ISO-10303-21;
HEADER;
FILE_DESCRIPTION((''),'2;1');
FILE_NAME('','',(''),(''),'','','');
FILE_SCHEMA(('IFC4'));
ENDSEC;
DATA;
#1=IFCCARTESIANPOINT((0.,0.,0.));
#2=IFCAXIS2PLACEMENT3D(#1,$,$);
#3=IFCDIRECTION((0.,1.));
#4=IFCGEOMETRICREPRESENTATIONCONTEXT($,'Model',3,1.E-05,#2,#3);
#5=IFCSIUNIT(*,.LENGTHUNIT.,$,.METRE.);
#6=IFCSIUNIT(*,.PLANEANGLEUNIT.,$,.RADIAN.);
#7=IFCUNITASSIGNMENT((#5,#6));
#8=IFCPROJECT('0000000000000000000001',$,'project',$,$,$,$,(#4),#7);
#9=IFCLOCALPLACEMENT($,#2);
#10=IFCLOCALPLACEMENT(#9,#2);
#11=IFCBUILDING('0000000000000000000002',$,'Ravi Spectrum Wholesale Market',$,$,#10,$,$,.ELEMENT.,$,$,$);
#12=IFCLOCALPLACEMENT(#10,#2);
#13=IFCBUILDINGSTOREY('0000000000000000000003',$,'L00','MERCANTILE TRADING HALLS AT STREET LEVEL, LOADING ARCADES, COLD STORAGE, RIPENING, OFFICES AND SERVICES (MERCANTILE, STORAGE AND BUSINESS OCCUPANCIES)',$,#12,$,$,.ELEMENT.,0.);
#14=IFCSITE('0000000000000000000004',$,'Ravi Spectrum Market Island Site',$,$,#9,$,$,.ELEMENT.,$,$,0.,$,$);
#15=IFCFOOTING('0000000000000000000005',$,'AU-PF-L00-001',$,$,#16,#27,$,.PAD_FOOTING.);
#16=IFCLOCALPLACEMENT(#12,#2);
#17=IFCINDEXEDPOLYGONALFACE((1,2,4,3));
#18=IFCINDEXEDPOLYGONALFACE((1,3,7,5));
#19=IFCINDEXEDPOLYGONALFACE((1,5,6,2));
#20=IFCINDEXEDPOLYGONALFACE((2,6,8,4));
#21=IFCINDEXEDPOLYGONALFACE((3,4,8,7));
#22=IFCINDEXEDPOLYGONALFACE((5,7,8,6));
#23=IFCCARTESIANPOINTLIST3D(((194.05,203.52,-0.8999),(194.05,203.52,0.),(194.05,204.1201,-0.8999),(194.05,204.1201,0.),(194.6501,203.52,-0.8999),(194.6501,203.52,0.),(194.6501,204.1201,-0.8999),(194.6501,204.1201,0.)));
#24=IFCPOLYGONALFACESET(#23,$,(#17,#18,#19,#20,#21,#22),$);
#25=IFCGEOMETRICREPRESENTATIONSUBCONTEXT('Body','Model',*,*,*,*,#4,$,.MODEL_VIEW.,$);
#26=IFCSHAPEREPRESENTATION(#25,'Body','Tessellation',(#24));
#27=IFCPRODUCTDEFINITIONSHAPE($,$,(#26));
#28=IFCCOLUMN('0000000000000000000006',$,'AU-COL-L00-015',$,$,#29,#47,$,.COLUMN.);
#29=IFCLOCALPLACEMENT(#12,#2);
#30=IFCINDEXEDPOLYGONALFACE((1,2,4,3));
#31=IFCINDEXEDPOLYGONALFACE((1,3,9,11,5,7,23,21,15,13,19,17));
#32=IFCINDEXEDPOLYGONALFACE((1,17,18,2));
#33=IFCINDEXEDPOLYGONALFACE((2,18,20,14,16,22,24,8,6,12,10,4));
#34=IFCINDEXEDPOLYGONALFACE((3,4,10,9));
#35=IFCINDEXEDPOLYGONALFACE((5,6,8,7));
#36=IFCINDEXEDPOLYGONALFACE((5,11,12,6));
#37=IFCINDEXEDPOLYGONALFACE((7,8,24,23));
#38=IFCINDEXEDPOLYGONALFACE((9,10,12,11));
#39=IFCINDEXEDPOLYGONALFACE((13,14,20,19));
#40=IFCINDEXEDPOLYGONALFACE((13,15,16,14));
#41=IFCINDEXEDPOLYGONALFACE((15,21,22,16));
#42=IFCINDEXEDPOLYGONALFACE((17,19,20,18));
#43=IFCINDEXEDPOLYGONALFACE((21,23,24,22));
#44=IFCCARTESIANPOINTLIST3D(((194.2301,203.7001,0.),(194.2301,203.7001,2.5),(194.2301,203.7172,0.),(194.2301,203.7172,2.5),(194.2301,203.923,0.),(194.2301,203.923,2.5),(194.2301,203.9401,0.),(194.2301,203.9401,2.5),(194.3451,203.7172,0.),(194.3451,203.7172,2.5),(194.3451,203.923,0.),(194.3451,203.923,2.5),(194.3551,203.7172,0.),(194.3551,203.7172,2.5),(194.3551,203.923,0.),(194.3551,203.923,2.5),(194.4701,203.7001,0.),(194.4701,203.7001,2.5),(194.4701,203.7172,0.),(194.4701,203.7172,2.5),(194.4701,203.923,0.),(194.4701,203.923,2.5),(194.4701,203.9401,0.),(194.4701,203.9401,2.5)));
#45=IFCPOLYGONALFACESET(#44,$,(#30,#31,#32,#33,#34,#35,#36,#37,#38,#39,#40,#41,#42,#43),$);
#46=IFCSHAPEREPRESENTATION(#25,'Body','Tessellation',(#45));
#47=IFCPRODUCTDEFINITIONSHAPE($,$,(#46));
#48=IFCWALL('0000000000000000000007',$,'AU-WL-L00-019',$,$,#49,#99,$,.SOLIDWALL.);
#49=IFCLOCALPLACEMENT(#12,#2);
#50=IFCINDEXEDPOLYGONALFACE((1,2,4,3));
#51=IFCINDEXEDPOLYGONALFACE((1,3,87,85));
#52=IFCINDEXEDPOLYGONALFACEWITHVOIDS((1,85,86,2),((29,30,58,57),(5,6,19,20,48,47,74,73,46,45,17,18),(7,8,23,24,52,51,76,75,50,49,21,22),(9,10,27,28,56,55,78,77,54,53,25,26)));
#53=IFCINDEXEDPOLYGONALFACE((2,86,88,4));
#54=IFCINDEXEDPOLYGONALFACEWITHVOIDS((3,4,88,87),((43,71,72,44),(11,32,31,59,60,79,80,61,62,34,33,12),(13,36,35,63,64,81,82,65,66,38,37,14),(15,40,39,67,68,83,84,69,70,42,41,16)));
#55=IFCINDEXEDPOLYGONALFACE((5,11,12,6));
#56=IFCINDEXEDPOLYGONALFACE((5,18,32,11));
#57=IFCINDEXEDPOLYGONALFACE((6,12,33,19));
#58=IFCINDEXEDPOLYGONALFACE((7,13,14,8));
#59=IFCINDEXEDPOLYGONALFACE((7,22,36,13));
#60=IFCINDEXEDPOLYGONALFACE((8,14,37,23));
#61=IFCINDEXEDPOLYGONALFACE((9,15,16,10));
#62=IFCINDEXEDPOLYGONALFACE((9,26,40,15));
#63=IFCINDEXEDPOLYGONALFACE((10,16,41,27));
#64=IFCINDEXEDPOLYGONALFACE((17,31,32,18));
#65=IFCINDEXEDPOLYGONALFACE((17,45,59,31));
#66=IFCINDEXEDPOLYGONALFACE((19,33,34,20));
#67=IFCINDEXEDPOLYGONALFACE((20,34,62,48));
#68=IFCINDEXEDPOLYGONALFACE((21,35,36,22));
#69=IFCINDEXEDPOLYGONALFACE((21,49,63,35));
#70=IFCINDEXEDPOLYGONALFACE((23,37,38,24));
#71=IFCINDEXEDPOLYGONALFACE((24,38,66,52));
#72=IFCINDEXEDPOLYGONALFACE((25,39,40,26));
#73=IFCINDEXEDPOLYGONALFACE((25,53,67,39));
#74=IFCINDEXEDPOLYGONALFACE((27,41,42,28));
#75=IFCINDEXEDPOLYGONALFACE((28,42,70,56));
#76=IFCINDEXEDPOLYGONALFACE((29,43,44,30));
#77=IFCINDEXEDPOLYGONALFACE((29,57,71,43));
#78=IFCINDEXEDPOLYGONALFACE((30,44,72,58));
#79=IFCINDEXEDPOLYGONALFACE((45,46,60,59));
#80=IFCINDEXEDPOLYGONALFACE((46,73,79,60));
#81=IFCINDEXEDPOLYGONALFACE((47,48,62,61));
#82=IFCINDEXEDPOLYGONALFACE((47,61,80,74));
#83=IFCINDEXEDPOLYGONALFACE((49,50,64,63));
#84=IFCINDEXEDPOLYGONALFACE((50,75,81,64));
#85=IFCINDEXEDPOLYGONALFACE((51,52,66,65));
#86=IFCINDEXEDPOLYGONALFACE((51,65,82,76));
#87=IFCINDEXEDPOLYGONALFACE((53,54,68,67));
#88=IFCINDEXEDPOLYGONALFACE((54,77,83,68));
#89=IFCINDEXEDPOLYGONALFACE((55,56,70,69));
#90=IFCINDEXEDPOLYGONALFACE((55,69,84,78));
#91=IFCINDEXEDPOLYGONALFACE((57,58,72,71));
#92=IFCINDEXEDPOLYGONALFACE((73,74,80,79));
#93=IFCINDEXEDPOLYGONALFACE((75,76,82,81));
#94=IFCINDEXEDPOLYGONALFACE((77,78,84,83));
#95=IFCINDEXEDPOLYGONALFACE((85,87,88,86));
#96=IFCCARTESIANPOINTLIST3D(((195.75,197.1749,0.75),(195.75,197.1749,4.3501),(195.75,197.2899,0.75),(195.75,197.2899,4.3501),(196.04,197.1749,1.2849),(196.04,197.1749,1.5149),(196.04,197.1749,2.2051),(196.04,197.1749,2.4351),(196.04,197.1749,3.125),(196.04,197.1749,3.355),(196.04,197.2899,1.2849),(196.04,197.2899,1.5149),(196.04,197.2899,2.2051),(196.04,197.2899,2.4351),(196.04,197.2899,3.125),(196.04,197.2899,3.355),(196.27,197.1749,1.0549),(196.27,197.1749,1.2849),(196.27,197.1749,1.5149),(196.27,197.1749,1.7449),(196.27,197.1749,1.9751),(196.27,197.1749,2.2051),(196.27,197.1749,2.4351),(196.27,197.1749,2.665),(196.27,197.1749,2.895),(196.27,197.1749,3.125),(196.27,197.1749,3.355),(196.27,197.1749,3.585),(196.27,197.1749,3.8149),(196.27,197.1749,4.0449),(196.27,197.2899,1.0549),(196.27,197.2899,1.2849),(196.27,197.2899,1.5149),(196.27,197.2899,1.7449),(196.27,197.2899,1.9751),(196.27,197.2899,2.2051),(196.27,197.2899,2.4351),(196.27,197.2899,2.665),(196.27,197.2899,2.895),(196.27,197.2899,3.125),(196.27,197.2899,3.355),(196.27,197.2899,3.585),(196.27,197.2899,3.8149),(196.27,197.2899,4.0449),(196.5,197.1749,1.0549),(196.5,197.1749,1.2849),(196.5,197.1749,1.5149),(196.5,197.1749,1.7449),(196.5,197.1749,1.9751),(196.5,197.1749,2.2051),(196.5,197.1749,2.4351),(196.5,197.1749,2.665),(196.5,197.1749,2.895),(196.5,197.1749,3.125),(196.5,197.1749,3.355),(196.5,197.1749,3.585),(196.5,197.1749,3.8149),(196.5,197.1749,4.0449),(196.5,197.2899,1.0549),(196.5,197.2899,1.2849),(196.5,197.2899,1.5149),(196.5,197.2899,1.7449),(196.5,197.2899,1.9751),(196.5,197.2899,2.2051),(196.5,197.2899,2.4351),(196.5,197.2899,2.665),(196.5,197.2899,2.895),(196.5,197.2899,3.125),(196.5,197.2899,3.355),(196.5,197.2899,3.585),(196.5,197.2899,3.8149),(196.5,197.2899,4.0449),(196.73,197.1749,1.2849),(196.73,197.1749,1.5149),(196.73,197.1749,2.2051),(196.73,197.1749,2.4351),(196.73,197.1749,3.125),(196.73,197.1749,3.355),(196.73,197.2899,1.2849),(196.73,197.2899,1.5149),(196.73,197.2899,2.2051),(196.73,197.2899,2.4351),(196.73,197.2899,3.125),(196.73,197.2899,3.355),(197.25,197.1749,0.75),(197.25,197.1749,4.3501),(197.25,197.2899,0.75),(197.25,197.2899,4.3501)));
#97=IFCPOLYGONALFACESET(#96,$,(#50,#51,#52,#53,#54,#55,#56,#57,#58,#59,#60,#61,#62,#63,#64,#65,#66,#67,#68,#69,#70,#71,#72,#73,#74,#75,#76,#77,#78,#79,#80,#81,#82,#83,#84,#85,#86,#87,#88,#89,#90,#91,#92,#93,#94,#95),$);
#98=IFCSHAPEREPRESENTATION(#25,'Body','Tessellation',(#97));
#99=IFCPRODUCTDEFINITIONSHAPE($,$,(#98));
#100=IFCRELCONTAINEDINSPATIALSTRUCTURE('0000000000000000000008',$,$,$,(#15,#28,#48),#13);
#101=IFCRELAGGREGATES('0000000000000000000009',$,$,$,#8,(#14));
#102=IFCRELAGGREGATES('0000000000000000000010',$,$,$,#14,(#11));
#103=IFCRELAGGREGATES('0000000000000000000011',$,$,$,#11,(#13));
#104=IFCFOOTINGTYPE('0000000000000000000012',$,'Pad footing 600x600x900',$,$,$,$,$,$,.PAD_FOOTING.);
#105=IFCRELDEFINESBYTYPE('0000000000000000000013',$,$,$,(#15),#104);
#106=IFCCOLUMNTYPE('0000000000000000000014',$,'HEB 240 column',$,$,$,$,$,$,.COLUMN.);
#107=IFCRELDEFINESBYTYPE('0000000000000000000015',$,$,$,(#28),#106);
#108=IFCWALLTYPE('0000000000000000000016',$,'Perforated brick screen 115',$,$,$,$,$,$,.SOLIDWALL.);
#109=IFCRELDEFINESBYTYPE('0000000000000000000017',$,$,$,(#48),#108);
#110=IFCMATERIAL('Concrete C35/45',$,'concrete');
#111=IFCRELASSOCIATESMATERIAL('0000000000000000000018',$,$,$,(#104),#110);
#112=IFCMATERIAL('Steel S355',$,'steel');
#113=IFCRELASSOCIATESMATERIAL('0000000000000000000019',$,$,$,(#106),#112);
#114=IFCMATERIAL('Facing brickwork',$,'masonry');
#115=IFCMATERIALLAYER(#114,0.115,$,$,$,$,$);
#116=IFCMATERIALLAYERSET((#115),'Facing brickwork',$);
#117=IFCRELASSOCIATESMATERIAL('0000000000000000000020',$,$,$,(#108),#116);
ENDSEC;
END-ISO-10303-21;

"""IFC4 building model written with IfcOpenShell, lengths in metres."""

from ifc_helpers import new_model, si_unit, direction, frame, frame_2d, origin, origin_2d, place, context, subcontext, project, spatial, rectangle, i_section, extrude, material, layer, layer_set, material_profile, profile_set, type_object, element, save


model = new_model("IFC4")

# Units and contexts
model_context = context("Model", 3, precision=1e-05, world=origin(), true_north=direction((0.0, 1.0)))
body_context = subcontext(model_context, "Body", "Model", "MODEL_VIEW")
ifc_project = project(units=[si_unit("LENGTHUNIT", "METRE"), si_unit("PLANEANGLEUNIT", "RADIAN")], contexts=[model_context])

# Site, building, storey
site_placement = place(None, origin())
site = spatial("IfcSite", under=ifc_project, at=site_placement, Name="Ravi Spectrum Market Island Site", CompositionType="ELEMENT", RefElevation=0.0)
building_placement = place(site_placement, origin())
building = spatial("IfcBuilding", under=site, at=building_placement, Name="Ravi Spectrum Wholesale Market", CompositionType="ELEMENT")
storey_placement = place(building_placement, origin())
storey = spatial("IfcBuildingStorey", under=building, at=storey_placement, Name="L00", Description="MERCANTILE TRADING HALLS AT STREET LEVEL, LOADING ARCADES, COLD STORAGE, RIPENING, OFFICES AND SERVICES (MERCANTILE, STORAGE AND BUSINESS OCCUPANCIES)", CompositionType="ELEMENT", Elevation=0.0)

# Footing
ifc_material_1 = material(Name="Concrete C35/45", Category="concrete")
footing_type = type_object("IfcFootingType", Name="Pad footing 600x600x900", PredefinedType="PAD_FOOTING", material=ifc_material_1)
footing_placement = place(storey_placement, frame((194.3501, 203.8201, -0.8999), z_axis=(0.0, 0.0, 1.0), x_axis=(1.0, 0.0, 0.0)))
element("IfcFooting", 1, at=footing_placement, inside=storey, type_object=footing_type, Name="AU-PF-L00-001", PredefinedType="PAD_FOOTING", context=body_context, shape_type="SweptSolid", body=[
    extrude(rectangle(XDim=0.6001, YDim=0.6001, at=origin_2d()), origin(), (0.0, 0.0, 1.0), 0.8999),
])

# Column
ifc_material_2 = material(Name="Steel S355", Category="steel")
ifc_material_profile = material_profile(ifc_material_2, i_section(OverallWidth=0.24, OverallDepth=0.24, WebThickness=0.01, FlangeThickness=0.0171, at=origin_2d()))
ifc_profile_set = profile_set([ifc_material_profile], Name="Steel S355")
column_type = type_object("IfcColumnType", Name="HEB 240 column", PredefinedType="COLUMN", material=ifc_profile_set)
column_placement = place(storey_placement, frame((194.3501, 203.8201, 0.0), z_axis=(0.0, 0.0, 1.0), x_axis=(1.0, 0.0, 0.0)))
element("IfcColumn", 2, at=column_placement, inside=storey, type_object=column_type, Name="AU-COL-L00-015", PredefinedType="COLUMN", context=body_context, shape_type="SweptSolid", body=[
    extrude(i_section(OverallWidth=0.24, OverallDepth=0.24, WebThickness=0.01, FlangeThickness=0.0171, at=origin_2d()), origin(), (0.0, 0.0, 1.0), 2.5),
])

# Wall, openings
ifc_material_3 = material(Name="Facing brickwork", Category="masonry")
ifc_layer = layer(ifc_material_3, 0.115)
ifc_layer_set = layer_set([ifc_layer], Name="Facing brickwork")
wall_type = type_object("IfcWallType", Name="Perforated brick screen 115", PredefinedType="SOLIDWALL", material=ifc_layer_set)
wall_placement = place(storey_placement, frame((195.75, 197.2324, 0.75), z_axis=(0.0, 0.0, 1.0), x_axis=(1.0, 0.0, 0.0)))
wall = element("IfcWall", 3, at=wall_placement, inside=storey, type_object=wall_type, Name="AU-WL-L00-019", PredefinedType="SOLIDWALL", context=body_context, shape_type="SweptSolid", body=[
    extrude(rectangle(XDim=1.5, YDim=0.115, at=frame_2d((0.75, 0.0))), origin(), (0.0, 0.0, 1.0), 3.6001),
])
opening_1_placement = place(wall_placement, frame((0.52, 0.0, 0.3049)))
element("IfcOpeningElement", 4, at=opening_1_placement, cuts=wall, PredefinedType="OPENING", context=body_context, shape_type="SweptSolid", body=[
    extrude(rectangle(XDim=0.23, YDim=0.23, at=frame_2d((0.115, 0.115))), frame((0.0, 0.0674, 0.0), z_axis=(0.0, -1.0, 0.0), x_axis=(1.0, 0.0, 0.0)), (0.0, 0.0, 1.0), 0.135),
])
opening_2_placement = place(wall_placement, frame((0.29, 0.0, 0.5349)))
element("IfcOpeningElement", 5, at=opening_2_placement, cuts=wall, PredefinedType="OPENING", context=body_context, shape_type="SweptSolid", body=[
    extrude(rectangle(XDim=0.23, YDim=0.23, at=frame_2d((0.115, 0.115))), frame((0.0, 0.0674, 0.0), z_axis=(0.0, -1.0, 0.0), x_axis=(1.0, 0.0, 0.0)), (0.0, 0.0, 1.0), 0.135),
])
opening_3_placement = place(wall_placement, frame((0.52, 0.0, 0.5349)))
element("IfcOpeningElement", 6, at=opening_3_placement, cuts=wall, PredefinedType="OPENING", context=body_context, shape_type="SweptSolid", body=[
    extrude(rectangle(XDim=0.23, YDim=0.23, at=frame_2d((0.115, 0.115))), frame((0.0, 0.0674, 0.0), z_axis=(0.0, -1.0, 0.0), x_axis=(1.0, 0.0, 0.0)), (0.0, 0.0, 1.0), 0.135),
])
opening_4_placement = place(wall_placement, frame((0.75, 0.0, 0.5349)))
element("IfcOpeningElement", 7, at=opening_4_placement, cuts=wall, PredefinedType="OPENING", context=body_context, shape_type="SweptSolid", body=[
    extrude(rectangle(XDim=0.23, YDim=0.23, at=frame_2d((0.115, 0.115))), frame((0.0, 0.0674, 0.0), z_axis=(0.0, -1.0, 0.0), x_axis=(1.0, 0.0, 0.0)), (0.0, 0.0, 1.0), 0.135),
])
opening_5_placement = place(wall_placement, frame((0.52, 0.0, 0.7649)))
element("IfcOpeningElement", 8, at=opening_5_placement, cuts=wall, PredefinedType="OPENING", context=body_context, shape_type="SweptSolid", body=[
    extrude(rectangle(XDim=0.23, YDim=0.23, at=frame_2d((0.115, 0.115))), frame((0.0, 0.0674, 0.0), z_axis=(0.0, -1.0, 0.0), x_axis=(1.0, 0.0, 0.0)), (0.0, 0.0, 1.0), 0.135),
])
opening_6_placement = place(wall_placement, frame((0.52, 0.0, 1.2251)))
element("IfcOpeningElement", 9, at=opening_6_placement, cuts=wall, PredefinedType="OPENING", context=body_context, shape_type="SweptSolid", body=[
    extrude(rectangle(XDim=0.23, YDim=0.23, at=frame_2d((0.115, 0.115))), frame((0.0, 0.0674, 0.0), z_axis=(0.0, -1.0, 0.0), x_axis=(1.0, 0.0, 0.0)), (0.0, 0.0, 1.0), 0.135),
])
opening_7_placement = place(wall_placement, frame((0.29, 0.0, 1.4551)))
element("IfcOpeningElement", 10, at=opening_7_placement, cuts=wall, PredefinedType="OPENING", context=body_context, shape_type="SweptSolid", body=[
    extrude(rectangle(XDim=0.23, YDim=0.23, at=frame_2d((0.115, 0.115))), frame((0.0, 0.0674, 0.0), z_axis=(0.0, -1.0, 0.0), x_axis=(1.0, 0.0, 0.0)), (0.0, 0.0, 1.0), 0.135),
])
opening_8_placement = place(wall_placement, frame((0.52, 0.0, 1.4551)))
element("IfcOpeningElement", 11, at=opening_8_placement, cuts=wall, PredefinedType="OPENING", context=body_context, shape_type="SweptSolid", body=[
    extrude(rectangle(XDim=0.23, YDim=0.23, at=frame_2d((0.115, 0.115))), frame((0.0, 0.0674, 0.0), z_axis=(0.0, -1.0, 0.0), x_axis=(1.0, 0.0, 0.0)), (0.0, 0.0, 1.0), 0.135),
])
opening_9_placement = place(wall_placement, frame((0.75, 0.0, 1.4551)))
element("IfcOpeningElement", 12, at=opening_9_placement, cuts=wall, PredefinedType="OPENING", context=body_context, shape_type="SweptSolid", body=[
    extrude(rectangle(XDim=0.23, YDim=0.23, at=frame_2d((0.115, 0.115))), frame((0.0, 0.0674, 0.0), z_axis=(0.0, -1.0, 0.0), x_axis=(1.0, 0.0, 0.0)), (0.0, 0.0, 1.0), 0.135),
])
opening_10_placement = place(wall_placement, frame((0.52, 0.0, 1.6851)))
element("IfcOpeningElement", 13, at=opening_10_placement, cuts=wall, PredefinedType="OPENING", context=body_context, shape_type="SweptSolid", body=[
    extrude(rectangle(XDim=0.23, YDim=0.23, at=frame_2d((0.115, 0.115))), frame((0.0, 0.0674, 0.0), z_axis=(0.0, -1.0, 0.0), x_axis=(1.0, 0.0, 0.0)), (0.0, 0.0, 1.0), 0.135),
])
opening_11_placement = place(wall_placement, frame((0.52, 0.0, 2.145)))
element("IfcOpeningElement", 14, at=opening_11_placement, cuts=wall, PredefinedType="OPENING", context=body_context, shape_type="SweptSolid", body=[
    extrude(rectangle(XDim=0.23, YDim=0.23, at=frame_2d((0.115, 0.115))), frame((0.0, 0.0674, 0.0), z_axis=(0.0, -1.0, 0.0), x_axis=(1.0, 0.0, 0.0)), (0.0, 0.0, 1.0), 0.135),
])
opening_12_placement = place(wall_placement, frame((0.29, 0.0, 2.375)))
element("IfcOpeningElement", 15, at=opening_12_placement, cuts=wall, PredefinedType="OPENING", context=body_context, shape_type="SweptSolid", body=[
    extrude(rectangle(XDim=0.23, YDim=0.23, at=frame_2d((0.115, 0.115))), frame((0.0, 0.0674, 0.0), z_axis=(0.0, -1.0, 0.0), x_axis=(1.0, 0.0, 0.0)), (0.0, 0.0, 1.0), 0.135),
])
opening_13_placement = place(wall_placement, frame((0.52, 0.0, 2.375)))
element("IfcOpeningElement", 16, at=opening_13_placement, cuts=wall, PredefinedType="OPENING", context=body_context, shape_type="SweptSolid", body=[
    extrude(rectangle(XDim=0.23, YDim=0.23, at=frame_2d((0.115, 0.115))), frame((0.0, 0.0674, 0.0), z_axis=(0.0, -1.0, 0.0), x_axis=(1.0, 0.0, 0.0)), (0.0, 0.0, 1.0), 0.135),
])
opening_14_placement = place(wall_placement, frame((0.75, 0.0, 2.375)))
element("IfcOpeningElement", 17, at=opening_14_placement, cuts=wall, PredefinedType="OPENING", context=body_context, shape_type="SweptSolid", body=[
    extrude(rectangle(XDim=0.23, YDim=0.23, at=frame_2d((0.115, 0.115))), frame((0.0, 0.0674, 0.0), z_axis=(0.0, -1.0, 0.0), x_axis=(1.0, 0.0, 0.0)), (0.0, 0.0, 1.0), 0.135),
])
opening_15_placement = place(wall_placement, frame((0.52, 0.0, 2.605)))
element("IfcOpeningElement", 18, at=opening_15_placement, cuts=wall, PredefinedType="OPENING", context=body_context, shape_type="SweptSolid", body=[
    extrude(rectangle(XDim=0.23, YDim=0.23, at=frame_2d((0.115, 0.115))), frame((0.0, 0.0674, 0.0), z_axis=(0.0, -1.0, 0.0), x_axis=(1.0, 0.0, 0.0)), (0.0, 0.0, 1.0), 0.135),
])
opening_16_placement = place(wall_placement, frame((0.52, 0.0, 3.0649)))
element("IfcOpeningElement", 19, at=opening_16_placement, cuts=wall, PredefinedType="OPENING", context=body_context, shape_type="SweptSolid", body=[
    extrude(rectangle(XDim=0.23, YDim=0.23, at=frame_2d((0.115, 0.115))), frame((0.0, 0.0674, 0.0), z_axis=(0.0, -1.0, 0.0), x_axis=(1.0, 0.0, 0.0)), (0.0, 0.0, 1.0), 0.135),
])

save(model, "model.ifc")
